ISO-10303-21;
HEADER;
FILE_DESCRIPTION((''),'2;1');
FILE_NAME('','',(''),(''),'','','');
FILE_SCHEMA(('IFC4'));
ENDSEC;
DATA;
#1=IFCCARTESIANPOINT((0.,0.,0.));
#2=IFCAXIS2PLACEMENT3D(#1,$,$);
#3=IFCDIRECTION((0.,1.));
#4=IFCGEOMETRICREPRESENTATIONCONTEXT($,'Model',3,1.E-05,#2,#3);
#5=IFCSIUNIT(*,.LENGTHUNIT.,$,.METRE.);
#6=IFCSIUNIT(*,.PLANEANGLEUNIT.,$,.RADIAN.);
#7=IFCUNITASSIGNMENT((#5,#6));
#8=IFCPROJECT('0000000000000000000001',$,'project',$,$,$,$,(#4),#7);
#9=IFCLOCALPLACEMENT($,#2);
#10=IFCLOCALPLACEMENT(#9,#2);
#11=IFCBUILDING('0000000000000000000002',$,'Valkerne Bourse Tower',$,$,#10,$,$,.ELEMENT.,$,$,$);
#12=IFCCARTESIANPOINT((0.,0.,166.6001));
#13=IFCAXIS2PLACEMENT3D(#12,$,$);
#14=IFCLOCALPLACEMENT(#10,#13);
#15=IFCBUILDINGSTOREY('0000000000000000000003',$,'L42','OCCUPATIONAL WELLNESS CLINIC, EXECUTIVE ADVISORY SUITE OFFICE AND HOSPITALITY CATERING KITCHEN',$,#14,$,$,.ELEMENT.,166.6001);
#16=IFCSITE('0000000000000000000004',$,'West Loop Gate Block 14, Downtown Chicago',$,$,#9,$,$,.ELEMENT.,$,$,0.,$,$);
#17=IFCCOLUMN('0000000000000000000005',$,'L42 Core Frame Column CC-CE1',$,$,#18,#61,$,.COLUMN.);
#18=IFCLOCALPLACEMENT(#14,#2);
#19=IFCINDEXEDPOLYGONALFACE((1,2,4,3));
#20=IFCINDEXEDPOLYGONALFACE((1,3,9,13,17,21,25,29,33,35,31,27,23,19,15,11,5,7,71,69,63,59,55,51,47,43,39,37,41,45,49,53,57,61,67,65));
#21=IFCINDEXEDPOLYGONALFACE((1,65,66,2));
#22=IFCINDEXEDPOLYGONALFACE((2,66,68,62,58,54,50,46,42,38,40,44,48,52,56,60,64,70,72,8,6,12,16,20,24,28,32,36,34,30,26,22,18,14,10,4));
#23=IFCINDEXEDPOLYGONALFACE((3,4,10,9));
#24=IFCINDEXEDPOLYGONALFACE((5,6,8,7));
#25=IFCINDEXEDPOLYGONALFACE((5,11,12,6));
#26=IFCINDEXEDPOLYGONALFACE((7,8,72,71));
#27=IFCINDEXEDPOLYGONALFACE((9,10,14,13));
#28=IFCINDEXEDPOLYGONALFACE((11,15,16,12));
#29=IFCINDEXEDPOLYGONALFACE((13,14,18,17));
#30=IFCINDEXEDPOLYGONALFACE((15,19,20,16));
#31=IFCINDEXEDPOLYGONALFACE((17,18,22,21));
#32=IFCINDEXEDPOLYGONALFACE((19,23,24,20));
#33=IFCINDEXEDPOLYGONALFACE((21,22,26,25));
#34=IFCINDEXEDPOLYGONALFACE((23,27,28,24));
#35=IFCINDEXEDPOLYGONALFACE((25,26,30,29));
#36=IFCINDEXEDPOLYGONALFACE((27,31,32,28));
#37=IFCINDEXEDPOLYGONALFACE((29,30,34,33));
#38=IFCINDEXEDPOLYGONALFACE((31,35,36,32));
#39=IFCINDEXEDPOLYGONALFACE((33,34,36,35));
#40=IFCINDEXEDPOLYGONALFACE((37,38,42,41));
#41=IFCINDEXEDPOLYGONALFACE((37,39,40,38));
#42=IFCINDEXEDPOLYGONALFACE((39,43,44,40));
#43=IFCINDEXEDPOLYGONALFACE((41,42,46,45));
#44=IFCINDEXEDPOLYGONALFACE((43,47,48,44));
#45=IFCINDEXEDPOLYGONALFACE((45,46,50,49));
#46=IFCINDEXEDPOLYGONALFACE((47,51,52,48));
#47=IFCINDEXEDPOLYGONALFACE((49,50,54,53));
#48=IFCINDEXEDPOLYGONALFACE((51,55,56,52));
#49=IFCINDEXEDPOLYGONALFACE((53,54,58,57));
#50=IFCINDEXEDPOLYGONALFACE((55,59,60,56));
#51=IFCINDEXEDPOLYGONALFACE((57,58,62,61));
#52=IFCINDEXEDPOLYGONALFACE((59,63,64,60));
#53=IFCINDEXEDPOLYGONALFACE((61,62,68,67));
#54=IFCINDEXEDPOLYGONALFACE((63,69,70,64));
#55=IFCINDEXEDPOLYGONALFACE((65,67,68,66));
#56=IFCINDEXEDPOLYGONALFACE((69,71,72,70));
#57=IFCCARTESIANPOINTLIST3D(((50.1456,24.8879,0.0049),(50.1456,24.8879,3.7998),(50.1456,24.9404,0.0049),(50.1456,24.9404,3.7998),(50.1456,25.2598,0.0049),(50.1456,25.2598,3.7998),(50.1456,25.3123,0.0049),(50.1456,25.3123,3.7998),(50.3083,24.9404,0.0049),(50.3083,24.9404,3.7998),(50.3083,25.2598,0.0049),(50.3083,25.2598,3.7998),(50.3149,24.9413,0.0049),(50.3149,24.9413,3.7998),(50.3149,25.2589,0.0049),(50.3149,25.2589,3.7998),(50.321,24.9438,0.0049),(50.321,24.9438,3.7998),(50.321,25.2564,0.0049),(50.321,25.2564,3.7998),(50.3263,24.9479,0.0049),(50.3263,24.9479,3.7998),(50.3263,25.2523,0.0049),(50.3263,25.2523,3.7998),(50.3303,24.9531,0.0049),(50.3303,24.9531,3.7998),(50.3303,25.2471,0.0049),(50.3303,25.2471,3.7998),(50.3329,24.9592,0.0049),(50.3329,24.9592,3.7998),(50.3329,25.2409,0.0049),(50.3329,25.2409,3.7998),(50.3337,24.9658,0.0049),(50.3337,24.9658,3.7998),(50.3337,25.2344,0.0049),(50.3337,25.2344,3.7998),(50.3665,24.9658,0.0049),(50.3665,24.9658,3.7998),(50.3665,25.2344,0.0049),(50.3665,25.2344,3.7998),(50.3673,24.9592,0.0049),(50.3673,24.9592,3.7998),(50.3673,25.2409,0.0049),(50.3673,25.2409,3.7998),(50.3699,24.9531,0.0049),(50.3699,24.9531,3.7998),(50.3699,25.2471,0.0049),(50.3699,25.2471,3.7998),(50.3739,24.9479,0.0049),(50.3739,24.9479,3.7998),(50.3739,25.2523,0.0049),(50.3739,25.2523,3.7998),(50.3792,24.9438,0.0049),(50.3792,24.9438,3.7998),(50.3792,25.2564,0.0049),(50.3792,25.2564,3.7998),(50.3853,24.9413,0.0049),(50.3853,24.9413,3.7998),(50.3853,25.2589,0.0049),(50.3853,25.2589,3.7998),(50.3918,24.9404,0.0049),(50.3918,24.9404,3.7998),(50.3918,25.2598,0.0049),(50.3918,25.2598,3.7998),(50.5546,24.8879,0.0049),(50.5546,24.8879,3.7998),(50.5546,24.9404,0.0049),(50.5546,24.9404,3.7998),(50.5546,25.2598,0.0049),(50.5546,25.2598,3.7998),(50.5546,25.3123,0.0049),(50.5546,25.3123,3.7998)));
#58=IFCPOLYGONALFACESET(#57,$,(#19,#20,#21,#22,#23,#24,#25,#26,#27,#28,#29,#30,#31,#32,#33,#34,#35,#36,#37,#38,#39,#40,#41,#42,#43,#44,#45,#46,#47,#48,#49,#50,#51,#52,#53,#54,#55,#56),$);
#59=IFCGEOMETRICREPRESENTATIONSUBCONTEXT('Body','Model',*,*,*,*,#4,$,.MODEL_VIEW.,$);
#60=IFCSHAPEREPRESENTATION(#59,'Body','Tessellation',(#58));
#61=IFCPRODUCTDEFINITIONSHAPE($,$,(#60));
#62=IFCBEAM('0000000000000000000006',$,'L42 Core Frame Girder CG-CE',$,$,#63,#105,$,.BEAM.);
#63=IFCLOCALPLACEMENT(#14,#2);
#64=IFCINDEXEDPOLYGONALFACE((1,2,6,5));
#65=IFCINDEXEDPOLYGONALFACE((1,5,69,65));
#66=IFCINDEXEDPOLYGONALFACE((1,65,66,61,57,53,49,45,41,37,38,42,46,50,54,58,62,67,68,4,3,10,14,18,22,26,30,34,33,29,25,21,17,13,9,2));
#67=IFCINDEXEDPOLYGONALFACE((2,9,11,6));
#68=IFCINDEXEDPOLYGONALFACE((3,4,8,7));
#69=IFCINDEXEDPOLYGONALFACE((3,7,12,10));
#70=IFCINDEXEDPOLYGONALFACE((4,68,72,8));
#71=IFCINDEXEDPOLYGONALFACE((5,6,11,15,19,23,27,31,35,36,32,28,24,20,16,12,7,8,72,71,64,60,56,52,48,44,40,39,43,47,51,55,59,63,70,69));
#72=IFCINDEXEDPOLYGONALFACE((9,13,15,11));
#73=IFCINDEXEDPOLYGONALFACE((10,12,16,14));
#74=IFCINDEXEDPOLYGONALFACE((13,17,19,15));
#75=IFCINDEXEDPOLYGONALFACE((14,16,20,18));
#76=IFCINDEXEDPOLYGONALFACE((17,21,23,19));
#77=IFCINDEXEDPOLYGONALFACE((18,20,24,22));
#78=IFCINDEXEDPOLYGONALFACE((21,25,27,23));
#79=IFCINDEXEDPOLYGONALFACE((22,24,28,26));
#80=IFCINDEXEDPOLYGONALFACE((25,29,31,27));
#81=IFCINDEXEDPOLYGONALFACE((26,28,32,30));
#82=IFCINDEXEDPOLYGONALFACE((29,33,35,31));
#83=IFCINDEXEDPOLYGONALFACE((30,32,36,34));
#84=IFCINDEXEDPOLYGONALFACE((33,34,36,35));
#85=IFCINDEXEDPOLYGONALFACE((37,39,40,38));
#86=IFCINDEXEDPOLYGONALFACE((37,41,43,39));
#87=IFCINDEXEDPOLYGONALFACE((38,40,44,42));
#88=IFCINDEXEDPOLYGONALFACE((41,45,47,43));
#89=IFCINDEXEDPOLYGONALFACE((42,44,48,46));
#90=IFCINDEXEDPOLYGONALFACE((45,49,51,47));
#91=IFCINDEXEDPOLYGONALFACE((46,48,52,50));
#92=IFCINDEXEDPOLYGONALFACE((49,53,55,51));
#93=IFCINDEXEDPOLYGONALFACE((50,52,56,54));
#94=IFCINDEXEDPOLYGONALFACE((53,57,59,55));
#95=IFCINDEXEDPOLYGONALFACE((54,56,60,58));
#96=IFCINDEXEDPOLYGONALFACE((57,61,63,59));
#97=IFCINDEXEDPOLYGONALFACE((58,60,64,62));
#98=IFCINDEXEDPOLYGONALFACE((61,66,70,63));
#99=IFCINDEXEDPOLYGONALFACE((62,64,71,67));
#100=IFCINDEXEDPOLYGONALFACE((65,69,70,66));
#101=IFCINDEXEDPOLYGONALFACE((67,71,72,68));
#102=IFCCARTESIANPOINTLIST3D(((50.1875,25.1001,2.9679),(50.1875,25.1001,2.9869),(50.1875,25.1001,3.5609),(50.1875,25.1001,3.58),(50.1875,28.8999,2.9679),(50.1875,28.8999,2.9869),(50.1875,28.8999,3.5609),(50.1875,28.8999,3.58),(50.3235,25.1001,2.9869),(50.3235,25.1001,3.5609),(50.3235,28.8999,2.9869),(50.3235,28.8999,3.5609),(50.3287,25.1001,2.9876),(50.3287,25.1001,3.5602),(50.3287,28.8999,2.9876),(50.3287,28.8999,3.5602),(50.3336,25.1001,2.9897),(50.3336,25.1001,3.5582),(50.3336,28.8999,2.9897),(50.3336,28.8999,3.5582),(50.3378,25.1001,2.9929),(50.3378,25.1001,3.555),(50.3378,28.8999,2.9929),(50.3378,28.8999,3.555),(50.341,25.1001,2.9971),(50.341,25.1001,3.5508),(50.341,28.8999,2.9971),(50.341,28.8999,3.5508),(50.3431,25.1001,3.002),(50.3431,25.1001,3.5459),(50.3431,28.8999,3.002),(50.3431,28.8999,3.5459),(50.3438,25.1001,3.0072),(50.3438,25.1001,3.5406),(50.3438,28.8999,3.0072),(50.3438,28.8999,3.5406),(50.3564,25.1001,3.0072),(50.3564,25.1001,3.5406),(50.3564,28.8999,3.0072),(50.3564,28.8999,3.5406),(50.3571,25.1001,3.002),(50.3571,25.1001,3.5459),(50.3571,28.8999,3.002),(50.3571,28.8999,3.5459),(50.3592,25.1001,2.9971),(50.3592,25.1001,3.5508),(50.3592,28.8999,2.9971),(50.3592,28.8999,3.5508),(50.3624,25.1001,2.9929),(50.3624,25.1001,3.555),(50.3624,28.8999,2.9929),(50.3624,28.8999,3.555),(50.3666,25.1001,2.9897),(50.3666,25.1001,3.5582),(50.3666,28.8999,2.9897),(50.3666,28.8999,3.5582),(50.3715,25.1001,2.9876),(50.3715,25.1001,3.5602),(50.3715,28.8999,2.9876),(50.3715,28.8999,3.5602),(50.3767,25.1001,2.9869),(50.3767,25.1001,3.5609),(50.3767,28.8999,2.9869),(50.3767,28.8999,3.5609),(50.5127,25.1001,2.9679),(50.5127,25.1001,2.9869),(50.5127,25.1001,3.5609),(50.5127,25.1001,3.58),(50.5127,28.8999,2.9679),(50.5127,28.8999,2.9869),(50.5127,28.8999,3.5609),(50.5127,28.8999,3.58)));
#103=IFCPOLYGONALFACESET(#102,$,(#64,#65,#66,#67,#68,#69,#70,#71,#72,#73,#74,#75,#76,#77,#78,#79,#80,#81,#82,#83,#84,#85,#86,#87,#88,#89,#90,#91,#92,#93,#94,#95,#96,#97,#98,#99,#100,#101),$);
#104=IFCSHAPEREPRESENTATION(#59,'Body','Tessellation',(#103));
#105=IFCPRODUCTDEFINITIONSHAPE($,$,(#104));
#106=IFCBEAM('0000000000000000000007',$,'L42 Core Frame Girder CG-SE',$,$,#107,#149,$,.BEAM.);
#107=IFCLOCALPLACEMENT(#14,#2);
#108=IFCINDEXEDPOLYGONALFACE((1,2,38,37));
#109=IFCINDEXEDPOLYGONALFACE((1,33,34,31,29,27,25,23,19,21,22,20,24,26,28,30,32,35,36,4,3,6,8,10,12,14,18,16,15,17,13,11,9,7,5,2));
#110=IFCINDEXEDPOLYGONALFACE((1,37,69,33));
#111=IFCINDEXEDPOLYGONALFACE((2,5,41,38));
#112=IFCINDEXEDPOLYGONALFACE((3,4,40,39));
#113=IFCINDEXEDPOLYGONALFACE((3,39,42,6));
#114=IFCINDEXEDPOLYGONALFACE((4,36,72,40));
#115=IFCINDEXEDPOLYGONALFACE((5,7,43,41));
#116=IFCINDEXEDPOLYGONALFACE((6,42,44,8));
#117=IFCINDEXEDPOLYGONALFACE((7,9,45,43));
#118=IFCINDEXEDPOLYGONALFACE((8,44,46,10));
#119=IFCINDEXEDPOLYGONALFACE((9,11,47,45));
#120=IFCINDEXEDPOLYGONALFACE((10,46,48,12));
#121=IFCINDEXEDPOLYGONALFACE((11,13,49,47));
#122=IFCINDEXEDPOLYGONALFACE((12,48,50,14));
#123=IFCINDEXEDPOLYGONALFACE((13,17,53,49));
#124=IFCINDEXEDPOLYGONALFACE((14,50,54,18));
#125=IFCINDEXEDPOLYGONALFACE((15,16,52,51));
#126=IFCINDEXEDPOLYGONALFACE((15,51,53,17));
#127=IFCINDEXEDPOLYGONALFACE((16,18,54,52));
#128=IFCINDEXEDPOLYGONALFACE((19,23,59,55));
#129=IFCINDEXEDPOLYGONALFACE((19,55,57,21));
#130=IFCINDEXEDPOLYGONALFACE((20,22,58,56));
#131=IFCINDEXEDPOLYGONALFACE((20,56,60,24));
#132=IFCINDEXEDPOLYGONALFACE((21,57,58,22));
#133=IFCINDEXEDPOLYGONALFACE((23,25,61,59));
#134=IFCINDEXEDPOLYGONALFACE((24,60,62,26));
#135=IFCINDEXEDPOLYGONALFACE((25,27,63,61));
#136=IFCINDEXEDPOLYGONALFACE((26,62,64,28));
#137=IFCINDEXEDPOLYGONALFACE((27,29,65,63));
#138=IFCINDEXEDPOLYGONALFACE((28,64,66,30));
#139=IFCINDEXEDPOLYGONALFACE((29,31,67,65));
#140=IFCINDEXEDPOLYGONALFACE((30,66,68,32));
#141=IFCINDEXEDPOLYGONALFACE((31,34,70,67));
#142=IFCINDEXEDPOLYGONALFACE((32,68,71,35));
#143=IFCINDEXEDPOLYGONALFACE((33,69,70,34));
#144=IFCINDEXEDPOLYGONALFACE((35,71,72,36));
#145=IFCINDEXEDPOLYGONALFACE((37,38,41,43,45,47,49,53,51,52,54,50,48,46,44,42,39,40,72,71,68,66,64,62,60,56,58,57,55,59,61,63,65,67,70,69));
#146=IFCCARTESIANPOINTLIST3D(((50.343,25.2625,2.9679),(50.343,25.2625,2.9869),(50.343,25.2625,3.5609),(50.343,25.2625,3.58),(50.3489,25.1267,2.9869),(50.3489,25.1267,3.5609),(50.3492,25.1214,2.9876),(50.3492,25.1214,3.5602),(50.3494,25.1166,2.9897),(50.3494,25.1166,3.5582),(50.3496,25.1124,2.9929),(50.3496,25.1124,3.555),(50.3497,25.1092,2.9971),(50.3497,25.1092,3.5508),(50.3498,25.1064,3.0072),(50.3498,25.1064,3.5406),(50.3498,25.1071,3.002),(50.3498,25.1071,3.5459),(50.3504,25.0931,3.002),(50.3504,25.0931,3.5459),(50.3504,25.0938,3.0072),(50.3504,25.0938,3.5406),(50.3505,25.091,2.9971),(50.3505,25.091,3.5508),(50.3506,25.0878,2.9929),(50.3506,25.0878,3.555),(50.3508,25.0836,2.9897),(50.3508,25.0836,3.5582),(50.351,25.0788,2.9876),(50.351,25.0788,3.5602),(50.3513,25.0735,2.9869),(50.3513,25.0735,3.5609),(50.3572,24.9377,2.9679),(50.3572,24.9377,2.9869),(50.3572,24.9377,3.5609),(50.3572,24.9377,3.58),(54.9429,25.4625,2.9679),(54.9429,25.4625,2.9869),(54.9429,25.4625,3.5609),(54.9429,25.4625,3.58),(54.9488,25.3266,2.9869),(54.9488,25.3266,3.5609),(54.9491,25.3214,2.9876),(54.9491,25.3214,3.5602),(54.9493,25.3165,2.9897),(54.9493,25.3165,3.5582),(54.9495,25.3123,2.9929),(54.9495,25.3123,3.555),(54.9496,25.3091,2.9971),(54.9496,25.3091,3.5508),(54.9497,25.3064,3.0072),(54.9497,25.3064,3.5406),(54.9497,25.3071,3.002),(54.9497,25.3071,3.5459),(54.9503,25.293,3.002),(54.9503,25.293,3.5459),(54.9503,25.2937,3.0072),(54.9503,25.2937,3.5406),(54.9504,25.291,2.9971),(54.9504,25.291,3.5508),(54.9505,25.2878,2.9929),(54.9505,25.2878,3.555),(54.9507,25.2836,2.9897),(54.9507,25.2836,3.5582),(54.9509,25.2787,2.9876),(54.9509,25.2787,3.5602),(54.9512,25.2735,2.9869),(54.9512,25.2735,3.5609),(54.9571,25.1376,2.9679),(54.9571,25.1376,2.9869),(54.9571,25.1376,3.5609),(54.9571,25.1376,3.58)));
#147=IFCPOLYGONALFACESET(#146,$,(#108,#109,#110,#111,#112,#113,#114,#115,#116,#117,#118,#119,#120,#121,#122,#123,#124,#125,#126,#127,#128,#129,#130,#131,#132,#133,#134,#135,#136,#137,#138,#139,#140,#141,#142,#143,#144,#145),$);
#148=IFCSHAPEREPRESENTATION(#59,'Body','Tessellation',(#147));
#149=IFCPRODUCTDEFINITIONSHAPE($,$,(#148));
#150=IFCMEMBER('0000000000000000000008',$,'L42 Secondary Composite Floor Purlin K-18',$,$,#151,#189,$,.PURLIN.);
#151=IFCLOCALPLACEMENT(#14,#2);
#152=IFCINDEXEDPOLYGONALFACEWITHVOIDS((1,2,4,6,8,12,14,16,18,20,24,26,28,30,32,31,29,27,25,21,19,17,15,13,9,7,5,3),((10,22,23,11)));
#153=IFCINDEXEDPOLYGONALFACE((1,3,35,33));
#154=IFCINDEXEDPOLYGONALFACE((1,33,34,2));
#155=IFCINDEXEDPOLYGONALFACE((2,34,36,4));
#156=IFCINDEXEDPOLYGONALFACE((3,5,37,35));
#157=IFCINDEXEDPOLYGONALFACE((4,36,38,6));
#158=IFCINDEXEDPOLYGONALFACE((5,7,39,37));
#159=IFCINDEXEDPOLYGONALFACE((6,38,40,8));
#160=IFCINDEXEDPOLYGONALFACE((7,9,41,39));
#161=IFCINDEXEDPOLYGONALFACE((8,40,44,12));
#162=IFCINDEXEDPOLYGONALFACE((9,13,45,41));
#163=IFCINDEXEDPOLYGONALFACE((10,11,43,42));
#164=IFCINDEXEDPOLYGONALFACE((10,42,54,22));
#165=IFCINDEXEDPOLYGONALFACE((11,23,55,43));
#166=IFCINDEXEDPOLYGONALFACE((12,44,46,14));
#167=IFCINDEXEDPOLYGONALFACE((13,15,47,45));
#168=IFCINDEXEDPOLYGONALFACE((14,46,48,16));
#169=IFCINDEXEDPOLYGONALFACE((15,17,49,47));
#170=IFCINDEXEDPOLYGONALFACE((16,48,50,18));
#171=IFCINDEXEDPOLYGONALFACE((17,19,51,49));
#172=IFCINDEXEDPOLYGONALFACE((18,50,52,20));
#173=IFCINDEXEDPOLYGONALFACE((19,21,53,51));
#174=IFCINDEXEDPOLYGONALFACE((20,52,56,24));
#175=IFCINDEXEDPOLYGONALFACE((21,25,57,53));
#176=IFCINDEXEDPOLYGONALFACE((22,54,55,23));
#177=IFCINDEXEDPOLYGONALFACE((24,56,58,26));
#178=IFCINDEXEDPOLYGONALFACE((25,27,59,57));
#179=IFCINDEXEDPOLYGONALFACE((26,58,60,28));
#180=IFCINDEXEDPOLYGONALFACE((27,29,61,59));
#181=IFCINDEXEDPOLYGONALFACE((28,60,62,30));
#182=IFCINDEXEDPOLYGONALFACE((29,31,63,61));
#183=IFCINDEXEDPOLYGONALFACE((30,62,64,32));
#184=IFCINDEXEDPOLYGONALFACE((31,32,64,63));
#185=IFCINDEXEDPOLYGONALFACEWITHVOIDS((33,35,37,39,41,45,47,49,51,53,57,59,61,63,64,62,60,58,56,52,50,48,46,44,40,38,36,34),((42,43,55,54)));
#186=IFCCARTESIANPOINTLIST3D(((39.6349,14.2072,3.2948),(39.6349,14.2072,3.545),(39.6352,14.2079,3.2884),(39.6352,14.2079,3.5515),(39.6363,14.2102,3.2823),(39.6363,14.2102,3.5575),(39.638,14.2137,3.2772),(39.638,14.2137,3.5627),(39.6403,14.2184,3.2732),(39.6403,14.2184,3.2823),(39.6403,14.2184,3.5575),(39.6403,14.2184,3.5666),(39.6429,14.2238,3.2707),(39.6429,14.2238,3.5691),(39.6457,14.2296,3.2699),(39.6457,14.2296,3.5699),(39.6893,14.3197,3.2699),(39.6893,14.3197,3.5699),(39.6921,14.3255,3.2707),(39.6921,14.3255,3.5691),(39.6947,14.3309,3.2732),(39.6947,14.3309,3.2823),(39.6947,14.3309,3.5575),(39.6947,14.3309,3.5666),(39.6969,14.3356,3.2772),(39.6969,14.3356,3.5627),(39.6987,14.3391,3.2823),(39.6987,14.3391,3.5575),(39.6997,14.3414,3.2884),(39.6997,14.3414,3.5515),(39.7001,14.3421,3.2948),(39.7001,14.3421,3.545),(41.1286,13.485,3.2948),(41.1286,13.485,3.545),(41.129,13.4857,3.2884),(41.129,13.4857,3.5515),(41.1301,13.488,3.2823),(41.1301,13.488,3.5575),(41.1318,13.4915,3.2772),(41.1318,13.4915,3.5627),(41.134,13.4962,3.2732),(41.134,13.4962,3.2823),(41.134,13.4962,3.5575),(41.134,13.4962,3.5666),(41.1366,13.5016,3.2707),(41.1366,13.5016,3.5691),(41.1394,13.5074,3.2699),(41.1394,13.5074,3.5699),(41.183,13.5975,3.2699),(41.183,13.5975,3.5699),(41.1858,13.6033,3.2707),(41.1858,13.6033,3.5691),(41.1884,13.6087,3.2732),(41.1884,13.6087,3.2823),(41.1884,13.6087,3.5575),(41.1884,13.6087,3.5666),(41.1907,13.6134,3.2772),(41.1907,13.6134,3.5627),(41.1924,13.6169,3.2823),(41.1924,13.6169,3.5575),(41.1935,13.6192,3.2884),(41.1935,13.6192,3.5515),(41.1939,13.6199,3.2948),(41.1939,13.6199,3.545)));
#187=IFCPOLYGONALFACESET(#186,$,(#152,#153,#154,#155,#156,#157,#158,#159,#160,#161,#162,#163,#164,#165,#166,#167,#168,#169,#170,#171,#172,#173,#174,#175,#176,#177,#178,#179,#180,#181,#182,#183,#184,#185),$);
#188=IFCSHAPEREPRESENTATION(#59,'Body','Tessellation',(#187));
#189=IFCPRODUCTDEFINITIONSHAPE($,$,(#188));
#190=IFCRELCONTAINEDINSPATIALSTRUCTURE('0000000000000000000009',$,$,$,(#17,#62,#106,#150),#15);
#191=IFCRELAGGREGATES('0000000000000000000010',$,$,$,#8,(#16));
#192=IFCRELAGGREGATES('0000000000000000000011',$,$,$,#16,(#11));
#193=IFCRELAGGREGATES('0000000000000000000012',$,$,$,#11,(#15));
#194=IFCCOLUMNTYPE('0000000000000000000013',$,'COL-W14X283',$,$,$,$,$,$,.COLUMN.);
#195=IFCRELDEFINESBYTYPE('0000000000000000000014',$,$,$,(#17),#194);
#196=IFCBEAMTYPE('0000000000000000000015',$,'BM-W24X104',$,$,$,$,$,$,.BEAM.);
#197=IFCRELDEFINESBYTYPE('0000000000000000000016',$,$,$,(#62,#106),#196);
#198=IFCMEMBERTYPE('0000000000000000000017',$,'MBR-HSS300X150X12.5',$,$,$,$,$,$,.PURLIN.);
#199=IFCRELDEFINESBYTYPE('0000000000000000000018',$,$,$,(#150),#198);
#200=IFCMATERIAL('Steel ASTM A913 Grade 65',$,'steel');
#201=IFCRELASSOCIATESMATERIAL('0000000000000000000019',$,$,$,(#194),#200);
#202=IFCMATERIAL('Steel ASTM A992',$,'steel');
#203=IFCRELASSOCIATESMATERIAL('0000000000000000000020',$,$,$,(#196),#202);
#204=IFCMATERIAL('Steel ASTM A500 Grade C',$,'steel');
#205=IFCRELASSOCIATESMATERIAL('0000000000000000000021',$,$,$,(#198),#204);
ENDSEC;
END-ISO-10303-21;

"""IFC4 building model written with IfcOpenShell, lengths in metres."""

from ifc_helpers import new_model, si_unit, direction, frame, origin, origin_2d, place, context, subcontext, project, spatial, hollow_rectangle, i_section, extrude, material, material_profile, profile_set, type_object, element, save


model = new_model("IFC4")

# Units and contexts
model_context = context("Model", 3, precision=1e-05, world=origin(), true_north=direction((0.0, 1.0)))
body_context = subcontext(model_context, "Body", "Model", "MODEL_VIEW")
ifc_project = project(units=[si_unit("LENGTHUNIT", "METRE"), si_unit("PLANEANGLEUNIT", "RADIAN")], contexts=[model_context])

# Site, building, storey
site_placement = place(None, origin())
site = spatial("IfcSite", under=ifc_project, at=site_placement, Name="West Loop Gate Block 14, Downtown Chicago", CompositionType="ELEMENT", RefElevation=0.0)
building_placement = place(site_placement, origin())
building = spatial("IfcBuilding", under=site, at=building_placement, Name="Valkerne Bourse Tower", CompositionType="ELEMENT")
storey_placement = place(building_placement, frame((0.0, 0.0, 166.6001)))
storey = spatial("IfcBuildingStorey", under=building, at=storey_placement, Name="L42", Description="OCCUPATIONAL WELLNESS CLINIC, EXECUTIVE ADVISORY SUITE OFFICE AND HOSPITALITY CATERING KITCHEN", CompositionType="ELEMENT", Elevation=166.6001)

# Column
ifc_material_1 = material(Name="Steel ASTM A913 Grade 65", Category="steel")
ifc_material_profile_1 = material_profile(ifc_material_1, i_section(OverallWidth=0.4089, OverallDepth=0.4243, WebThickness=0.0327, FlangeThickness=0.0525, FilletRadius=0.0254, at=origin_2d()), Name="W14X283")
ifc_profile_set_1 = profile_set([ifc_material_profile_1], Name="Steel ASTM A913 Grade 65")
column_type = type_object("IfcColumnType", Name="COL-W14X283", PredefinedType="COLUMN", material=ifc_profile_set_1)
column_placement = place(storey_placement, frame((50.3501, 25.1001, 0.0049), z_axis=(0.0, 0.0, 1.0), x_axis=(1.0, 0.0, 0.0)))
element("IfcColumn", 1, at=column_placement, inside=storey, type_object=column_type, Name="L42 Core Frame Column CC-CE1", PredefinedType="COLUMN", context=body_context, shape_type="SweptSolid", body=[
    extrude(i_section(OverallWidth=0.4089, OverallDepth=0.4243, WebThickness=0.0327, FlangeThickness=0.0525, FilletRadius=0.0254, at=origin_2d()), origin(), (0.0, 0.0, 1.0), 3.7949),
])

# Beams
ifc_material_2 = material(Name="Steel ASTM A992", Category="steel")
ifc_material_profile_2 = material_profile(ifc_material_2, i_section(OverallWidth=0.3252, OverallDepth=0.6121, WebThickness=0.0127, FlangeThickness=0.019, FilletRadius=0.0203, at=origin_2d()), Name="W24X104")
ifc_profile_set_2 = profile_set([ifc_material_profile_2], Name="Steel ASTM A992")
beam_type = type_object("IfcBeamType", Name="BM-W24X104", PredefinedType="BEAM", material=ifc_profile_set_2)
beam_1_placement = place(storey_placement, frame((50.3501, 25.1001, 3.2739), z_axis=(0.0, 1.0, 0.0), x_axis=(-1.0, 0.0, 0.0)))
element("IfcBeam", 2, at=beam_1_placement, inside=storey, type_object=beam_type, Name="L42 Core Frame Girder CG-CE", PredefinedType="BEAM", context=body_context, shape_type="SweptSolid", body=[
    extrude(i_section(OverallWidth=0.3252, OverallDepth=0.6121, WebThickness=0.0127, FlangeThickness=0.019, FilletRadius=0.0203, at=origin_2d()), origin(), (0.0, 0.0, 1.0), 3.7998),
])
beam_2_placement = place(storey_placement, frame((50.3501, 25.1001, 3.2739), z_axis=(0.999057, 0.043428, 0.0), x_axis=(-0.043428, 0.999057, 0.0)))
element("IfcBeam", 3, at=beam_2_placement, inside=storey, type_object=beam_type, Name="L42 Core Frame Girder CG-SE", PredefinedType="BEAM", context=body_context, shape_type="SweptSolid", body=[
    extrude(i_section(OverallWidth=0.3252, OverallDepth=0.6121, WebThickness=0.0127, FlangeThickness=0.019, FilletRadius=0.0203, at=origin_2d()), origin(), (0.0, 0.0, 1.0), 4.6042),
])

# Member
ifc_material_3 = material(Name="Steel ASTM A500 Grade C", Category="steel")
ifc_material_profile_3 = material_profile(ifc_material_3, hollow_rectangle(XDim=0.1499, YDim=0.3, WallThickness=0.0125, OuterFilletRadius=0.0249, at=origin_2d()), Name="HSS300X150X12.5")
ifc_profile_set_3 = profile_set([ifc_material_profile_3], Name="Steel ASTM A500 Grade C")
member_type = type_object("IfcMemberType", Name="MBR-HSS300X150X12.5", PredefinedType="PURLIN", material=ifc_profile_set_3)
member_1_placement = place(storey_placement, frame((39.6675, 14.2747, 3.4199), z_axis=(0.900293, -0.435284, 0.0), x_axis=(0.435284, 0.900293, 0.0)))
element("IfcMember", 4, at=member_1_placement, inside=storey, type_object=member_type, Name="L42 Secondary Composite Floor Purlin K-18", PredefinedType="PURLIN", context=body_context, shape_type="SweptSolid", body=[
    extrude(hollow_rectangle(XDim=0.1499, YDim=0.3, WallThickness=0.0125, OuterFilletRadius=0.0249, at=origin_2d()), origin(), (0.0, 0.0, 1.0), 1.6592),
])

save(model, "model.ifc")
